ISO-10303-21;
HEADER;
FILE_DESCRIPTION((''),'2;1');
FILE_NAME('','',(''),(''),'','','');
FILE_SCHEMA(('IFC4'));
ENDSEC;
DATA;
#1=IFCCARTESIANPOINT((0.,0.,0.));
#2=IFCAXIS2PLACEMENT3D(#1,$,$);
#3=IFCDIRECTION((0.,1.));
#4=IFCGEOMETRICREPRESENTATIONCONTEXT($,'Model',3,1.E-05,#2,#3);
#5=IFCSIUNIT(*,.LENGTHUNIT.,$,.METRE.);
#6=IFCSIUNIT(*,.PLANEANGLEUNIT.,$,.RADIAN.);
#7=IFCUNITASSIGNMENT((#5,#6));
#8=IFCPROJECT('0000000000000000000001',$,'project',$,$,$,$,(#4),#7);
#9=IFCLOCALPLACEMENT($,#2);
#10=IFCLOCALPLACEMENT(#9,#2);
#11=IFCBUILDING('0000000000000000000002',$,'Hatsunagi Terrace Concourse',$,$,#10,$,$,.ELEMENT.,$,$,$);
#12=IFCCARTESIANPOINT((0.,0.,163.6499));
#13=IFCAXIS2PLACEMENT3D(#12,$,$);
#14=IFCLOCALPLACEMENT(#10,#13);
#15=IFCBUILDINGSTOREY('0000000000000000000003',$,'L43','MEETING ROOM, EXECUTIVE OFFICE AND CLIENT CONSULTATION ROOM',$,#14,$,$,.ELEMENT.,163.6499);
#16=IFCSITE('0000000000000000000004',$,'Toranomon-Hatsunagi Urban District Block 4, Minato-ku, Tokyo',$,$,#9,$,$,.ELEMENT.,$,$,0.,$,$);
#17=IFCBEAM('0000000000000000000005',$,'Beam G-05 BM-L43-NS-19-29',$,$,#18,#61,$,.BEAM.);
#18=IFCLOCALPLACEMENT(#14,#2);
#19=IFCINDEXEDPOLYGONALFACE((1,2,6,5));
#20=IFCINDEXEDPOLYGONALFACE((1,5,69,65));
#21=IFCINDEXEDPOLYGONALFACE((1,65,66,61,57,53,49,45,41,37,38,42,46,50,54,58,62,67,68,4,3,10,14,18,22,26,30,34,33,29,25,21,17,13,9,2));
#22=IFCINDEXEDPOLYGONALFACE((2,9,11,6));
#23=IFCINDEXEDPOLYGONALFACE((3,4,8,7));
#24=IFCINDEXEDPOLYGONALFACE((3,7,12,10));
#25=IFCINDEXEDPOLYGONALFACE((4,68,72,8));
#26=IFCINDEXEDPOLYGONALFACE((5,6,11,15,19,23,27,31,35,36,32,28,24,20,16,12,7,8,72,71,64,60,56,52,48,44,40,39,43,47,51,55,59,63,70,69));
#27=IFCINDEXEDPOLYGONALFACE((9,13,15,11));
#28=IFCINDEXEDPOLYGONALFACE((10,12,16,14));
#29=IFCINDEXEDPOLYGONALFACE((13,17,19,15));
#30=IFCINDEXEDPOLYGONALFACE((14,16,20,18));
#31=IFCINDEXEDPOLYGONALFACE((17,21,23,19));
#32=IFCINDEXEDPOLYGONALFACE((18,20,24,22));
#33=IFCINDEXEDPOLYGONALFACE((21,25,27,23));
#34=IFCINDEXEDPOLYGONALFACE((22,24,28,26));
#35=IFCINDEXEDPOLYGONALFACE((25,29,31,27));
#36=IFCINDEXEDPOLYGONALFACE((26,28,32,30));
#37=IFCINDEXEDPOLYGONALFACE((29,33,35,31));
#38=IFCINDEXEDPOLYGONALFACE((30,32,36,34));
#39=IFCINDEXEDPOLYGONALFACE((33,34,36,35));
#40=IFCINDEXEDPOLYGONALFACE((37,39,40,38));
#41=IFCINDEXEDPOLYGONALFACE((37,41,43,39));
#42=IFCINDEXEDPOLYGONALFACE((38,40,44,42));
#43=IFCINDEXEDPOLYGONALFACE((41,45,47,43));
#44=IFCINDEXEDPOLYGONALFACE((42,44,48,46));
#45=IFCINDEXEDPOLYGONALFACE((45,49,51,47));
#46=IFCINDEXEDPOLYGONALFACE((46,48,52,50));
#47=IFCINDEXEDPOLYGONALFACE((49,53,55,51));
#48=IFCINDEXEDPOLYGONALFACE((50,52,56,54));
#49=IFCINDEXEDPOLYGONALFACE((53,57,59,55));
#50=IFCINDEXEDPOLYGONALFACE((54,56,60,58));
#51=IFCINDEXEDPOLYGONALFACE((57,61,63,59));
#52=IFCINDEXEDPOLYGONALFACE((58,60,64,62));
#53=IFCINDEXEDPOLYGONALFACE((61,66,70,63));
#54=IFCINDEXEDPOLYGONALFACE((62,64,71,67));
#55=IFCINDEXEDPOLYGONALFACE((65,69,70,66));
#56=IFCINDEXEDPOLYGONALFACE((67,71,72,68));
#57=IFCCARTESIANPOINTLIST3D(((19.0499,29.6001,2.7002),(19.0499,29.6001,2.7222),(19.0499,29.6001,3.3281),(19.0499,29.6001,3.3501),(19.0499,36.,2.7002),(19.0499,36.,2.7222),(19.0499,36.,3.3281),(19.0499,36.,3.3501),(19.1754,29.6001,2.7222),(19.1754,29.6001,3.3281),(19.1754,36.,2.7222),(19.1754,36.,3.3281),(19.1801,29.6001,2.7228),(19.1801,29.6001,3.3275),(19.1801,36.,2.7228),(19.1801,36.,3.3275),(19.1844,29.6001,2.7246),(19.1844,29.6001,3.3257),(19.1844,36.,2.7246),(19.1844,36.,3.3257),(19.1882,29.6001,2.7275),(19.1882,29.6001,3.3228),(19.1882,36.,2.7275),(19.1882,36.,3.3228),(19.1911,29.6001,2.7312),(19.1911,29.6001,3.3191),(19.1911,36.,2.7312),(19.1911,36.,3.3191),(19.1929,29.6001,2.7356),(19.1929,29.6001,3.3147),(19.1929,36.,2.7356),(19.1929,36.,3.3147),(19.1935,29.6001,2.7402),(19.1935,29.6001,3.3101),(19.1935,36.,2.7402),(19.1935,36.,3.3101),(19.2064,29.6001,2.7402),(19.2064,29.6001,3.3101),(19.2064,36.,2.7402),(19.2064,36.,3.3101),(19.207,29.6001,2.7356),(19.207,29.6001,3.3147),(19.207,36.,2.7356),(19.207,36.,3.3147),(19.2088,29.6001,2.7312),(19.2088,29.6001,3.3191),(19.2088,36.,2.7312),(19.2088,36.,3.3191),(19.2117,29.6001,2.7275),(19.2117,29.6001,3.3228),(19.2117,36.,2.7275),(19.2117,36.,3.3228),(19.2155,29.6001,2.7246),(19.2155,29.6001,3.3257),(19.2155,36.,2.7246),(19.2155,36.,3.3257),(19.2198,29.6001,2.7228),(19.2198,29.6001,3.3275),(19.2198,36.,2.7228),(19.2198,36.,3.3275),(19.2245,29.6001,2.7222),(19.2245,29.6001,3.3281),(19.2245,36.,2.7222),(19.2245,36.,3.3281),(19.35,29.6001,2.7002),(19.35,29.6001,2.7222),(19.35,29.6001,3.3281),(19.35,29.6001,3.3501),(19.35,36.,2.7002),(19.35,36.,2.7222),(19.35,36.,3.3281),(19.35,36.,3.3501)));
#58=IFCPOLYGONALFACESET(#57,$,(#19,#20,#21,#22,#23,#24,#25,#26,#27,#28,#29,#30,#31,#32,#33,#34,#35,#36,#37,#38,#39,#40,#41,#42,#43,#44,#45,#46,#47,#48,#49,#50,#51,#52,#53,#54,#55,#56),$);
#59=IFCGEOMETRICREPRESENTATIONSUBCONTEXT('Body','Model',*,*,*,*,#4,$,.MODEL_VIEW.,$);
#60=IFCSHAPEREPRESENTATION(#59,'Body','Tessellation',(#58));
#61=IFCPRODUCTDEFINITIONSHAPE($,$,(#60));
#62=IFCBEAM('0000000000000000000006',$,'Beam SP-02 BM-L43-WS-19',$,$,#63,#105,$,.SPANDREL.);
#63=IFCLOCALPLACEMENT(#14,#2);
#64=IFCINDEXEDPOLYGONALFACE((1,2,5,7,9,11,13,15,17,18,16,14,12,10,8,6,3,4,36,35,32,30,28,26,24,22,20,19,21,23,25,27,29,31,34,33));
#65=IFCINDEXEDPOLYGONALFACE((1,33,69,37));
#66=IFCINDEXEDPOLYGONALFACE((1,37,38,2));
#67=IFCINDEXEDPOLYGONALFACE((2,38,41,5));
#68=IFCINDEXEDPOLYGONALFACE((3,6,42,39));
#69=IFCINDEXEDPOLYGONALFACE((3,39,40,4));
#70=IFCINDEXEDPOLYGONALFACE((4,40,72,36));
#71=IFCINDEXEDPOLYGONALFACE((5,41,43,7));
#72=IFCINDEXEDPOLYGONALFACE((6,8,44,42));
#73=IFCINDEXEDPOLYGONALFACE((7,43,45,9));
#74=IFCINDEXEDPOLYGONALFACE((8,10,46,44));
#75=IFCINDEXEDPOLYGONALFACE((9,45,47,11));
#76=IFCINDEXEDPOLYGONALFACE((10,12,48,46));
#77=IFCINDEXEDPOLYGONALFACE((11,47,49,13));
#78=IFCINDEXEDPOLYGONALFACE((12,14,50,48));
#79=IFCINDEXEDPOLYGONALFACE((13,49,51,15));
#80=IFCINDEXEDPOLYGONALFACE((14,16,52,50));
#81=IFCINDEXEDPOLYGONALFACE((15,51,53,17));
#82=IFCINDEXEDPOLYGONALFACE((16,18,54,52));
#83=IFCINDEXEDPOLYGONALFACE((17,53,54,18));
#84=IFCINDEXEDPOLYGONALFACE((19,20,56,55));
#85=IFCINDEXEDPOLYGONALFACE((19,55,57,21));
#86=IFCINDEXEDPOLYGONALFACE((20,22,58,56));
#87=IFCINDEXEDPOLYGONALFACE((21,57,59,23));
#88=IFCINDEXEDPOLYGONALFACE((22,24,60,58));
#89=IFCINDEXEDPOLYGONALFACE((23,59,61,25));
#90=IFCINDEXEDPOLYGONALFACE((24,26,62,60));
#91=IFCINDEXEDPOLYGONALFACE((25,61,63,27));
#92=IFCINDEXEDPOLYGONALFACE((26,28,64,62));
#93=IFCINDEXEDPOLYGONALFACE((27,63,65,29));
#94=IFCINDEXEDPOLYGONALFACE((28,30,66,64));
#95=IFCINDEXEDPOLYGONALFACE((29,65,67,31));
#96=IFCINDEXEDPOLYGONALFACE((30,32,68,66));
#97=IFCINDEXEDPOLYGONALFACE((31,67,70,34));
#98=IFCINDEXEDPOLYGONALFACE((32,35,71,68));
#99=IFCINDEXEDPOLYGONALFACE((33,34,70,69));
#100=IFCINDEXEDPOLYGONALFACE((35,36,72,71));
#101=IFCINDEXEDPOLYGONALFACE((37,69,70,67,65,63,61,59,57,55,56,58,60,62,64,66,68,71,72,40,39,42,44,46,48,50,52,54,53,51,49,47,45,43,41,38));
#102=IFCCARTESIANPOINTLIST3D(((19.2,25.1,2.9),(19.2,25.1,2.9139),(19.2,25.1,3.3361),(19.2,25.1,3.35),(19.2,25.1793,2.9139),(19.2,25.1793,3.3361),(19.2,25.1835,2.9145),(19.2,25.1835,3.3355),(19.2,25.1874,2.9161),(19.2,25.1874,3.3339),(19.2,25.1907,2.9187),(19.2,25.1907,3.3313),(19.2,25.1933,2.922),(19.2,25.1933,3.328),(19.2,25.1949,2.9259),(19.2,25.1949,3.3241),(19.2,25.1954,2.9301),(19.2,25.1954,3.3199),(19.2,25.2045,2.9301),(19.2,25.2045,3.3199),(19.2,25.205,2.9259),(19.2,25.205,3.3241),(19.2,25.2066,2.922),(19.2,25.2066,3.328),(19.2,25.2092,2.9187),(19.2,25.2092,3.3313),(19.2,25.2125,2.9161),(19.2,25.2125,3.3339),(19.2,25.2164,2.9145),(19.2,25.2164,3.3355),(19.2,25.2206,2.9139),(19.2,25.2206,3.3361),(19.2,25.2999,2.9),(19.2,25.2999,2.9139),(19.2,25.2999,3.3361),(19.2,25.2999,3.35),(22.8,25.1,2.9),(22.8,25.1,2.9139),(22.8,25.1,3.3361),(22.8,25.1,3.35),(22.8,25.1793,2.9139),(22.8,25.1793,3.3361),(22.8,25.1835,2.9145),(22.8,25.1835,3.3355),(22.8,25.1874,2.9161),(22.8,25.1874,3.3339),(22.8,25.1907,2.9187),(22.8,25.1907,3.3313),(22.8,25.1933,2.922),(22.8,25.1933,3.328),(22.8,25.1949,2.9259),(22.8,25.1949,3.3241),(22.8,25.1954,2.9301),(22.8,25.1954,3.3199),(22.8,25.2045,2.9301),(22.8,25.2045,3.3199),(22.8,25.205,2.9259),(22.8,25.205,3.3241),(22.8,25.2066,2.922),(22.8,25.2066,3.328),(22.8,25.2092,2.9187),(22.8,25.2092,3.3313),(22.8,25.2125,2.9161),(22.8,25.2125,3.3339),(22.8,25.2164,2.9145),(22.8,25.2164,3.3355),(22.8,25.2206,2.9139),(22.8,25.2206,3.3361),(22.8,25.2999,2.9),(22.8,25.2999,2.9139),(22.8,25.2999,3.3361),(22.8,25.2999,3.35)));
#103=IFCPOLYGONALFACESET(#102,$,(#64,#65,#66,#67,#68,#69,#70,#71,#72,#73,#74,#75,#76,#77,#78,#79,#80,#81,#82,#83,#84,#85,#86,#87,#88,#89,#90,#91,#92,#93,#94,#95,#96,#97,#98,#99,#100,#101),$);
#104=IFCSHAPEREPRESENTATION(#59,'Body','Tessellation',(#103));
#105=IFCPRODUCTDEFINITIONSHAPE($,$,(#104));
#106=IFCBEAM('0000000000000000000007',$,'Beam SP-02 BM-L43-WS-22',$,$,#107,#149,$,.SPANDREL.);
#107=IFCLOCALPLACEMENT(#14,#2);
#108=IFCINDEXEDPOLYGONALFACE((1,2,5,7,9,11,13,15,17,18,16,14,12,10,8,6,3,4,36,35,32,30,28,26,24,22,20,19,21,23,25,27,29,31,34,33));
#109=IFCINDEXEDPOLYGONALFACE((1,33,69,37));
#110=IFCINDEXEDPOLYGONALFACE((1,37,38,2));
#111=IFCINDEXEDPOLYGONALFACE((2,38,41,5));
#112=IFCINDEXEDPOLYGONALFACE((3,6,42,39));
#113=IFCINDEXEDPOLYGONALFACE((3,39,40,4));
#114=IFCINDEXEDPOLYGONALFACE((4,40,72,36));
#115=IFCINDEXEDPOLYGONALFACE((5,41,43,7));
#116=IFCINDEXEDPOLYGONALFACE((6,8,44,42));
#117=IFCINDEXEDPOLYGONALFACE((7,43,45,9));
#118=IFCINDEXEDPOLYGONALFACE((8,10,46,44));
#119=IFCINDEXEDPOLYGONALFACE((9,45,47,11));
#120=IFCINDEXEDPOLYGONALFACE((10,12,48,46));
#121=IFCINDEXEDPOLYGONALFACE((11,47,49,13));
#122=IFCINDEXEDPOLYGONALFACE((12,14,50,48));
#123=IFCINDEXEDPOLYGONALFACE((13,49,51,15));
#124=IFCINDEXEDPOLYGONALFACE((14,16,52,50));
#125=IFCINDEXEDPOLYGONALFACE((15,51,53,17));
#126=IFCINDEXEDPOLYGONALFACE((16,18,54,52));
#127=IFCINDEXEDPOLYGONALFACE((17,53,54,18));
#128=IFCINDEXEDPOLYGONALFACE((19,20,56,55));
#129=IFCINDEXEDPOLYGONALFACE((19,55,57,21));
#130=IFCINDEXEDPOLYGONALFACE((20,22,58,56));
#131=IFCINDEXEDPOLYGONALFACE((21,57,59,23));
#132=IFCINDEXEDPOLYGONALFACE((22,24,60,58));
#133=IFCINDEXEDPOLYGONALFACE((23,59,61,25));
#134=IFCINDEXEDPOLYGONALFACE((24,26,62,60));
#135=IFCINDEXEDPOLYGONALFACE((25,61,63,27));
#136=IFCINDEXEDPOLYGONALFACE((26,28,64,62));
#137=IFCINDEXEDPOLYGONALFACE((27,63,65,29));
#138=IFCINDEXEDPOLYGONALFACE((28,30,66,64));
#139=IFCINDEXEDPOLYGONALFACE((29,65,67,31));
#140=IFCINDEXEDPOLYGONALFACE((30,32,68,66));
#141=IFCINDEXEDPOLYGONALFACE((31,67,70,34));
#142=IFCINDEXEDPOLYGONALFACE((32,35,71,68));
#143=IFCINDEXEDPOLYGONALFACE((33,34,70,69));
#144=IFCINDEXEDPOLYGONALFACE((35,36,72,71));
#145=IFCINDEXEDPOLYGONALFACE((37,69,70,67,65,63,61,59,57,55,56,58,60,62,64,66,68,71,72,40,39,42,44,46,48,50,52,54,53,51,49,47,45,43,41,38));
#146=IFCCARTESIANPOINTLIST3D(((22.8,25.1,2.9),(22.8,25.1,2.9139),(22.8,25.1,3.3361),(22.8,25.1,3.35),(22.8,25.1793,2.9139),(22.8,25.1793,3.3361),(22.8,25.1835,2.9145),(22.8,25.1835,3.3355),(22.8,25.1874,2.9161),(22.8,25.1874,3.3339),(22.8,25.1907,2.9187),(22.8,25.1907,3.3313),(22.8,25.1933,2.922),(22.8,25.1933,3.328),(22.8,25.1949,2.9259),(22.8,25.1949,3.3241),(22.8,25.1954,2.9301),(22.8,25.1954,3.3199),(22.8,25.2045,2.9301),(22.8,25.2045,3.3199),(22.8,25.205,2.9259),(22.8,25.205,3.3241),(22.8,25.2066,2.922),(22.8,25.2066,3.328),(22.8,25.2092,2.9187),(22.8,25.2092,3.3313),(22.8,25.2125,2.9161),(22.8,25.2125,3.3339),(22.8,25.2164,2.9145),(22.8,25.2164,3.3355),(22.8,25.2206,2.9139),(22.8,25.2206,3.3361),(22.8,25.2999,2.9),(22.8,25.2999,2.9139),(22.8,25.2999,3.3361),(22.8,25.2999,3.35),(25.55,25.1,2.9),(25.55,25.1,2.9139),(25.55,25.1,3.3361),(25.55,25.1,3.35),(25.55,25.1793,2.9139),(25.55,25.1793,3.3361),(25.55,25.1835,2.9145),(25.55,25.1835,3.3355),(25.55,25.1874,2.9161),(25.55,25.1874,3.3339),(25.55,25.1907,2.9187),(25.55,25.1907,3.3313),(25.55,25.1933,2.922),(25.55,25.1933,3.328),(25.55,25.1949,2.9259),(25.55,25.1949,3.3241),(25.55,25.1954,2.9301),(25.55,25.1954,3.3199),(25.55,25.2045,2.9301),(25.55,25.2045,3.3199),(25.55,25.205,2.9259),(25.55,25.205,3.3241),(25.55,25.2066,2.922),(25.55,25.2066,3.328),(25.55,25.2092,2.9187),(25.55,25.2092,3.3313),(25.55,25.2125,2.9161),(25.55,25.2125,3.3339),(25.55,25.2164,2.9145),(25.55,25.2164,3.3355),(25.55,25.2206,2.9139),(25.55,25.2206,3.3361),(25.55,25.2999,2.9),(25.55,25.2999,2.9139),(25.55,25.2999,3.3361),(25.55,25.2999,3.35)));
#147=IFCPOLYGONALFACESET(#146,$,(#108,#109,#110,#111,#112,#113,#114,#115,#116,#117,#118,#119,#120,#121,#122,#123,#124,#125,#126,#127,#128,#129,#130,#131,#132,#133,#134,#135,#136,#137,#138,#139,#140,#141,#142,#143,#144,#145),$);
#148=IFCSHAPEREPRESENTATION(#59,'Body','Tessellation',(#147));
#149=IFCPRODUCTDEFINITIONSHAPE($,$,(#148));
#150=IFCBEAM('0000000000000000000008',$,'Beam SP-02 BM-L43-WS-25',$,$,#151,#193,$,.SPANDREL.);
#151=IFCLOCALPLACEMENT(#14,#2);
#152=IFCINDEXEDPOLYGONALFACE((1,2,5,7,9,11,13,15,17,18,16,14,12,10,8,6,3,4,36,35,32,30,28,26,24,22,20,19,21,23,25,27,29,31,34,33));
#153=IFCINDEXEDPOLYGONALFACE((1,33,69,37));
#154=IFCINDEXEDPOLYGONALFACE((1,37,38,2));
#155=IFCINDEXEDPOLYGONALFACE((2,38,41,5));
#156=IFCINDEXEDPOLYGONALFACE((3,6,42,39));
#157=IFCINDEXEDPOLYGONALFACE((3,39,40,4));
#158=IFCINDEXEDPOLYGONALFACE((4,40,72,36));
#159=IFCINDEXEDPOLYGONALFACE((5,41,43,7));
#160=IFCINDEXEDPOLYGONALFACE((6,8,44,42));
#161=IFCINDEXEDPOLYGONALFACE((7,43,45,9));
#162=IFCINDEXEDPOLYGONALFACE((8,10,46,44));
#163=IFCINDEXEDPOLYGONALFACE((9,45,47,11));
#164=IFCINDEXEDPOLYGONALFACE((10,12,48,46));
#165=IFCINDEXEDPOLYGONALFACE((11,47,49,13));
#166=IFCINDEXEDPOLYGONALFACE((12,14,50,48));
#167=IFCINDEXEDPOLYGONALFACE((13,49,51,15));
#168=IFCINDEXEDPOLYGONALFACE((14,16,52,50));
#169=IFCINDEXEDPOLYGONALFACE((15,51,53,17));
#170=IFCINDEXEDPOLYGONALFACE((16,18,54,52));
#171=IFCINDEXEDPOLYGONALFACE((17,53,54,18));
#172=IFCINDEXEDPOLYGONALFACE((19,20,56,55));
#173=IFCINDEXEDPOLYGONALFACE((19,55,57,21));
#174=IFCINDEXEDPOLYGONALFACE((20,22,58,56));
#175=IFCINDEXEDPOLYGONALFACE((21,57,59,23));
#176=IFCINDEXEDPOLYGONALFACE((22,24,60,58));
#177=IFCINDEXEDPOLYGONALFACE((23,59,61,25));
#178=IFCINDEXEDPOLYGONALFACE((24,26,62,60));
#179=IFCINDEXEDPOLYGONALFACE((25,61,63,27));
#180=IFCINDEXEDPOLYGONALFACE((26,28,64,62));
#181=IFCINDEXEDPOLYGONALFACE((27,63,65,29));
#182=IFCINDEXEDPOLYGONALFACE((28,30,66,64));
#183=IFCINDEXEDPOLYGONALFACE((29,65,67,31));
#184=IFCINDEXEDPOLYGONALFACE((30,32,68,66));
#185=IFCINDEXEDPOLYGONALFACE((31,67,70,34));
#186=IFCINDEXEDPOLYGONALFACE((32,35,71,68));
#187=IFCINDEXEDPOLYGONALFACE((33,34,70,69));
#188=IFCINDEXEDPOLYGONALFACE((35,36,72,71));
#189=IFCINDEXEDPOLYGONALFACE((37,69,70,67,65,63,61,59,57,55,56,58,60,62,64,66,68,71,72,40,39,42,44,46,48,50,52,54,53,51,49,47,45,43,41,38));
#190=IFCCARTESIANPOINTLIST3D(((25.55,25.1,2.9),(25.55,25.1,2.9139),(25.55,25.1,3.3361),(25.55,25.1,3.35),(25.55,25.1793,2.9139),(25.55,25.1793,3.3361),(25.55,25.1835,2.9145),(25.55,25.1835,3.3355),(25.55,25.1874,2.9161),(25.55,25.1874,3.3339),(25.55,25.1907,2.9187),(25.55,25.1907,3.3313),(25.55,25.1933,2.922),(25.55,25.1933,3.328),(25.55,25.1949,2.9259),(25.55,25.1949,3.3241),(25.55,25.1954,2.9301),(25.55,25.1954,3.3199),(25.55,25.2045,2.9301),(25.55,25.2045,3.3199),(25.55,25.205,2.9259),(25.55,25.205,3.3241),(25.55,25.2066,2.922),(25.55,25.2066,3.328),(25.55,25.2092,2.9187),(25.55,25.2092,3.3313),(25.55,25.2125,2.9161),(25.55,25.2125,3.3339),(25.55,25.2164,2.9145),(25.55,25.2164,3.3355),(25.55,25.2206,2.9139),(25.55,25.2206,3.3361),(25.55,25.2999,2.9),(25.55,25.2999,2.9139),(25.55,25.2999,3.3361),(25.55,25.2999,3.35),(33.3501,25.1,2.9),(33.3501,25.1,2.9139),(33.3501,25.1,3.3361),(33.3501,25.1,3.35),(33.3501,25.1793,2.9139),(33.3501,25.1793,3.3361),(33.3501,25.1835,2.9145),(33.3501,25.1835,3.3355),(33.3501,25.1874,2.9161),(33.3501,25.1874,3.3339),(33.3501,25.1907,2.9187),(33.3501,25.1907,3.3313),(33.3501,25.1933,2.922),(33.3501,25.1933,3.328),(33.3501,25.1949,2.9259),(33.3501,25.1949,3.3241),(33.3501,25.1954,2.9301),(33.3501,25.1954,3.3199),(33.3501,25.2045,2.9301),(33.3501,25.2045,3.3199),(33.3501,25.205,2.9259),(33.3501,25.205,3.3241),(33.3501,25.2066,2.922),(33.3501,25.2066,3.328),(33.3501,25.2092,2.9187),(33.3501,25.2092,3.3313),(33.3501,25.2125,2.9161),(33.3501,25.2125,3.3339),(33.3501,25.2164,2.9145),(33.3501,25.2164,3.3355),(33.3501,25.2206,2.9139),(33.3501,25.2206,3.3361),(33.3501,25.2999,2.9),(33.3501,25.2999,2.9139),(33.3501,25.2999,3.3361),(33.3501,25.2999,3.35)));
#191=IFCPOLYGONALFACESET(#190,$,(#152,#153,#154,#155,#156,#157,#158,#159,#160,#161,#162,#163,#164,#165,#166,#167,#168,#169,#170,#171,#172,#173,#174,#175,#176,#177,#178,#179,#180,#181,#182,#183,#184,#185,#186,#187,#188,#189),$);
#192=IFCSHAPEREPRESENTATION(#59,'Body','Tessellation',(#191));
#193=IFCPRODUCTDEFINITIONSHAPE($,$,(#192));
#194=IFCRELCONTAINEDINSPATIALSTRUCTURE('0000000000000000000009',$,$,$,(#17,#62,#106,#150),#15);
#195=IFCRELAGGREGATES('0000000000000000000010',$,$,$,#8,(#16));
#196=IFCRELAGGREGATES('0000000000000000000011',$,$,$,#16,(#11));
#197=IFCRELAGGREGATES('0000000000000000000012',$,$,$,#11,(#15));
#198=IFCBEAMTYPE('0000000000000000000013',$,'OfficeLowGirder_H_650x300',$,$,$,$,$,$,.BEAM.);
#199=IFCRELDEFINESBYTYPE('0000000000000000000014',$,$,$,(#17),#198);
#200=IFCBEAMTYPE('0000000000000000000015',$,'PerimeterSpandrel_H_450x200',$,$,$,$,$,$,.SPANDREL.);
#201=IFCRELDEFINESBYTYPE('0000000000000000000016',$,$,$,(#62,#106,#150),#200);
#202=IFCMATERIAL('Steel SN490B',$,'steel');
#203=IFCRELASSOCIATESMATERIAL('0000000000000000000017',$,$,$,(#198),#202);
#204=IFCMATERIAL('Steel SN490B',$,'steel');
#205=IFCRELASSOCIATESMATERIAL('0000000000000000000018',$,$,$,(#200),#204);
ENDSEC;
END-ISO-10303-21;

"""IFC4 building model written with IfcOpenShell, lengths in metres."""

from ifc_helpers import new_model, si_unit, direction, frame, origin, origin_2d, place, context, subcontext, project, spatial, i_section, extrude, material, material_profile, profile_set, type_object, element, save


model = new_model("IFC4")

# Units and contexts
model_context = context("Model", 3, precision=1e-05, world=origin(), true_north=direction((0.0, 1.0)))
body_context = subcontext(model_context, "Body", "Model", "MODEL_VIEW")
ifc_project = project(units=[si_unit("LENGTHUNIT", "METRE"), si_unit("PLANEANGLEUNIT", "RADIAN")], contexts=[model_context])

# Site, building, storey
site_placement = place(None, origin())
site = spatial("IfcSite", under=ifc_project, at=site_placement, Name="Toranomon-Hatsunagi Urban District Block 4, Minato-ku, Tokyo", CompositionType="ELEMENT", RefElevation=0.0)
building_placement = place(site_placement, origin())
building = spatial("IfcBuilding", under=site, at=building_placement, Name="Hatsunagi Terrace Concourse", CompositionType="ELEMENT")
storey_placement = place(building_placement, frame((0.0, 0.0, 163.6499)))
storey = spatial("IfcBuildingStorey", under=building, at=storey_placement, Name="L43", Description="MEETING ROOM, EXECUTIVE OFFICE AND CLIENT CONSULTATION ROOM", CompositionType="ELEMENT", Elevation=163.6499)

# Beams
ifc_material_1 = material(Name="Steel SN490B", Category="steel")
ifc_material_profile_1 = material_profile(ifc_material_1, i_section(OverallWidth=0.3, OverallDepth=0.6499, WebThickness=0.0129, FlangeThickness=0.022, FilletRadius=0.0181, at=origin_2d()), Name="H-650x300x13x22")
ifc_profile_set_1 = profile_set([ifc_material_profile_1], Name="Steel SN490B")
beam_type_1 = type_object("IfcBeamType", Name="OfficeLowGirder_H_650x300", PredefinedType="BEAM", material=ifc_profile_set_1)
beam_1_placement = place(storey_placement, frame((19.2, 29.6001, 3.0251), z_axis=(0.0, 1.0, 0.0), x_axis=(-1.0, 0.0, 0.0)))
element("IfcBeam", 1, at=beam_1_placement, inside=storey, type_object=beam_type_1, Name="Beam G-05 BM-L43-NS-19-29", PredefinedType="BEAM", context=body_context, shape_type="SweptSolid", body=[
    extrude(i_section(OverallWidth=0.3, OverallDepth=0.6499, WebThickness=0.0129, FlangeThickness=0.022, FilletRadius=0.0181, at=origin_2d()), origin(), (0.0, 0.0, 1.0), 6.3999),
])
ifc_material_2 = material(Name="Steel SN490B", Category="steel")
ifc_material_profile_2 = material_profile(ifc_material_2, i_section(OverallWidth=0.2, OverallDepth=0.45, WebThickness=0.009, FlangeThickness=0.0139, FilletRadius=0.0161, at=origin_2d()), Name="H-450x200x9x14")
ifc_profile_set_2 = profile_set([ifc_material_profile_2], Name="Steel SN490B")
beam_type_2 = type_object("IfcBeamType", Name="PerimeterSpandrel_H_450x200", PredefinedType="SPANDREL", material=ifc_profile_set_2)
beam_2_placement = place(storey_placement, frame((19.2, 25.2, 3.125), z_axis=(1.0, 0.0, 0.0), x_axis=(0.0, 1.0, 0.0)))
element("IfcBeam", 2, at=beam_2_placement, inside=storey, type_object=beam_type_2, Name="Beam SP-02 BM-L43-WS-19", PredefinedType="SPANDREL", context=body_context, shape_type="SweptSolid", body=[
    extrude(i_section(OverallWidth=0.2, OverallDepth=0.45, WebThickness=0.009, FlangeThickness=0.0139, FilletRadius=0.0161, at=origin_2d()), origin(), (0.0, 0.0, 1.0), 3.6001),
])
beam_3_placement = place(storey_placement, frame((22.8, 25.2, 3.125), z_axis=(1.0, 0.0, 0.0), x_axis=(0.0, 1.0, 0.0)))
element("IfcBeam", 3, at=beam_3_placement, inside=storey, type_object=beam_type_2, Name="Beam SP-02 BM-L43-WS-22", PredefinedType="SPANDREL", context=body_context, shape_type="SweptSolid", body=[
    extrude(i_section(OverallWidth=0.2, OverallDepth=0.45, WebThickness=0.009, FlangeThickness=0.0139, FilletRadius=0.0161, at=origin_2d()), origin(), (0.0, 0.0, 1.0), 2.75),
])
beam_4_placement = place(storey_placement, frame((25.55, 25.2, 3.125), z_axis=(1.0, 0.0, 0.0), x_axis=(0.0, 1.0, 0.0)))
element("IfcBeam", 4, at=beam_4_placement, inside=storey, type_object=beam_type_2, Name="Beam SP-02 BM-L43-WS-25", PredefinedType="SPANDREL", context=body_context, shape_type="SweptSolid", body=[
    extrude(i_section(OverallWidth=0.2, OverallDepth=0.45, WebThickness=0.009, FlangeThickness=0.0139, FilletRadius=0.0161, at=origin_2d()), origin(), (0.0, 0.0, 1.0), 7.8),
])

save(model, "model.ifc")
